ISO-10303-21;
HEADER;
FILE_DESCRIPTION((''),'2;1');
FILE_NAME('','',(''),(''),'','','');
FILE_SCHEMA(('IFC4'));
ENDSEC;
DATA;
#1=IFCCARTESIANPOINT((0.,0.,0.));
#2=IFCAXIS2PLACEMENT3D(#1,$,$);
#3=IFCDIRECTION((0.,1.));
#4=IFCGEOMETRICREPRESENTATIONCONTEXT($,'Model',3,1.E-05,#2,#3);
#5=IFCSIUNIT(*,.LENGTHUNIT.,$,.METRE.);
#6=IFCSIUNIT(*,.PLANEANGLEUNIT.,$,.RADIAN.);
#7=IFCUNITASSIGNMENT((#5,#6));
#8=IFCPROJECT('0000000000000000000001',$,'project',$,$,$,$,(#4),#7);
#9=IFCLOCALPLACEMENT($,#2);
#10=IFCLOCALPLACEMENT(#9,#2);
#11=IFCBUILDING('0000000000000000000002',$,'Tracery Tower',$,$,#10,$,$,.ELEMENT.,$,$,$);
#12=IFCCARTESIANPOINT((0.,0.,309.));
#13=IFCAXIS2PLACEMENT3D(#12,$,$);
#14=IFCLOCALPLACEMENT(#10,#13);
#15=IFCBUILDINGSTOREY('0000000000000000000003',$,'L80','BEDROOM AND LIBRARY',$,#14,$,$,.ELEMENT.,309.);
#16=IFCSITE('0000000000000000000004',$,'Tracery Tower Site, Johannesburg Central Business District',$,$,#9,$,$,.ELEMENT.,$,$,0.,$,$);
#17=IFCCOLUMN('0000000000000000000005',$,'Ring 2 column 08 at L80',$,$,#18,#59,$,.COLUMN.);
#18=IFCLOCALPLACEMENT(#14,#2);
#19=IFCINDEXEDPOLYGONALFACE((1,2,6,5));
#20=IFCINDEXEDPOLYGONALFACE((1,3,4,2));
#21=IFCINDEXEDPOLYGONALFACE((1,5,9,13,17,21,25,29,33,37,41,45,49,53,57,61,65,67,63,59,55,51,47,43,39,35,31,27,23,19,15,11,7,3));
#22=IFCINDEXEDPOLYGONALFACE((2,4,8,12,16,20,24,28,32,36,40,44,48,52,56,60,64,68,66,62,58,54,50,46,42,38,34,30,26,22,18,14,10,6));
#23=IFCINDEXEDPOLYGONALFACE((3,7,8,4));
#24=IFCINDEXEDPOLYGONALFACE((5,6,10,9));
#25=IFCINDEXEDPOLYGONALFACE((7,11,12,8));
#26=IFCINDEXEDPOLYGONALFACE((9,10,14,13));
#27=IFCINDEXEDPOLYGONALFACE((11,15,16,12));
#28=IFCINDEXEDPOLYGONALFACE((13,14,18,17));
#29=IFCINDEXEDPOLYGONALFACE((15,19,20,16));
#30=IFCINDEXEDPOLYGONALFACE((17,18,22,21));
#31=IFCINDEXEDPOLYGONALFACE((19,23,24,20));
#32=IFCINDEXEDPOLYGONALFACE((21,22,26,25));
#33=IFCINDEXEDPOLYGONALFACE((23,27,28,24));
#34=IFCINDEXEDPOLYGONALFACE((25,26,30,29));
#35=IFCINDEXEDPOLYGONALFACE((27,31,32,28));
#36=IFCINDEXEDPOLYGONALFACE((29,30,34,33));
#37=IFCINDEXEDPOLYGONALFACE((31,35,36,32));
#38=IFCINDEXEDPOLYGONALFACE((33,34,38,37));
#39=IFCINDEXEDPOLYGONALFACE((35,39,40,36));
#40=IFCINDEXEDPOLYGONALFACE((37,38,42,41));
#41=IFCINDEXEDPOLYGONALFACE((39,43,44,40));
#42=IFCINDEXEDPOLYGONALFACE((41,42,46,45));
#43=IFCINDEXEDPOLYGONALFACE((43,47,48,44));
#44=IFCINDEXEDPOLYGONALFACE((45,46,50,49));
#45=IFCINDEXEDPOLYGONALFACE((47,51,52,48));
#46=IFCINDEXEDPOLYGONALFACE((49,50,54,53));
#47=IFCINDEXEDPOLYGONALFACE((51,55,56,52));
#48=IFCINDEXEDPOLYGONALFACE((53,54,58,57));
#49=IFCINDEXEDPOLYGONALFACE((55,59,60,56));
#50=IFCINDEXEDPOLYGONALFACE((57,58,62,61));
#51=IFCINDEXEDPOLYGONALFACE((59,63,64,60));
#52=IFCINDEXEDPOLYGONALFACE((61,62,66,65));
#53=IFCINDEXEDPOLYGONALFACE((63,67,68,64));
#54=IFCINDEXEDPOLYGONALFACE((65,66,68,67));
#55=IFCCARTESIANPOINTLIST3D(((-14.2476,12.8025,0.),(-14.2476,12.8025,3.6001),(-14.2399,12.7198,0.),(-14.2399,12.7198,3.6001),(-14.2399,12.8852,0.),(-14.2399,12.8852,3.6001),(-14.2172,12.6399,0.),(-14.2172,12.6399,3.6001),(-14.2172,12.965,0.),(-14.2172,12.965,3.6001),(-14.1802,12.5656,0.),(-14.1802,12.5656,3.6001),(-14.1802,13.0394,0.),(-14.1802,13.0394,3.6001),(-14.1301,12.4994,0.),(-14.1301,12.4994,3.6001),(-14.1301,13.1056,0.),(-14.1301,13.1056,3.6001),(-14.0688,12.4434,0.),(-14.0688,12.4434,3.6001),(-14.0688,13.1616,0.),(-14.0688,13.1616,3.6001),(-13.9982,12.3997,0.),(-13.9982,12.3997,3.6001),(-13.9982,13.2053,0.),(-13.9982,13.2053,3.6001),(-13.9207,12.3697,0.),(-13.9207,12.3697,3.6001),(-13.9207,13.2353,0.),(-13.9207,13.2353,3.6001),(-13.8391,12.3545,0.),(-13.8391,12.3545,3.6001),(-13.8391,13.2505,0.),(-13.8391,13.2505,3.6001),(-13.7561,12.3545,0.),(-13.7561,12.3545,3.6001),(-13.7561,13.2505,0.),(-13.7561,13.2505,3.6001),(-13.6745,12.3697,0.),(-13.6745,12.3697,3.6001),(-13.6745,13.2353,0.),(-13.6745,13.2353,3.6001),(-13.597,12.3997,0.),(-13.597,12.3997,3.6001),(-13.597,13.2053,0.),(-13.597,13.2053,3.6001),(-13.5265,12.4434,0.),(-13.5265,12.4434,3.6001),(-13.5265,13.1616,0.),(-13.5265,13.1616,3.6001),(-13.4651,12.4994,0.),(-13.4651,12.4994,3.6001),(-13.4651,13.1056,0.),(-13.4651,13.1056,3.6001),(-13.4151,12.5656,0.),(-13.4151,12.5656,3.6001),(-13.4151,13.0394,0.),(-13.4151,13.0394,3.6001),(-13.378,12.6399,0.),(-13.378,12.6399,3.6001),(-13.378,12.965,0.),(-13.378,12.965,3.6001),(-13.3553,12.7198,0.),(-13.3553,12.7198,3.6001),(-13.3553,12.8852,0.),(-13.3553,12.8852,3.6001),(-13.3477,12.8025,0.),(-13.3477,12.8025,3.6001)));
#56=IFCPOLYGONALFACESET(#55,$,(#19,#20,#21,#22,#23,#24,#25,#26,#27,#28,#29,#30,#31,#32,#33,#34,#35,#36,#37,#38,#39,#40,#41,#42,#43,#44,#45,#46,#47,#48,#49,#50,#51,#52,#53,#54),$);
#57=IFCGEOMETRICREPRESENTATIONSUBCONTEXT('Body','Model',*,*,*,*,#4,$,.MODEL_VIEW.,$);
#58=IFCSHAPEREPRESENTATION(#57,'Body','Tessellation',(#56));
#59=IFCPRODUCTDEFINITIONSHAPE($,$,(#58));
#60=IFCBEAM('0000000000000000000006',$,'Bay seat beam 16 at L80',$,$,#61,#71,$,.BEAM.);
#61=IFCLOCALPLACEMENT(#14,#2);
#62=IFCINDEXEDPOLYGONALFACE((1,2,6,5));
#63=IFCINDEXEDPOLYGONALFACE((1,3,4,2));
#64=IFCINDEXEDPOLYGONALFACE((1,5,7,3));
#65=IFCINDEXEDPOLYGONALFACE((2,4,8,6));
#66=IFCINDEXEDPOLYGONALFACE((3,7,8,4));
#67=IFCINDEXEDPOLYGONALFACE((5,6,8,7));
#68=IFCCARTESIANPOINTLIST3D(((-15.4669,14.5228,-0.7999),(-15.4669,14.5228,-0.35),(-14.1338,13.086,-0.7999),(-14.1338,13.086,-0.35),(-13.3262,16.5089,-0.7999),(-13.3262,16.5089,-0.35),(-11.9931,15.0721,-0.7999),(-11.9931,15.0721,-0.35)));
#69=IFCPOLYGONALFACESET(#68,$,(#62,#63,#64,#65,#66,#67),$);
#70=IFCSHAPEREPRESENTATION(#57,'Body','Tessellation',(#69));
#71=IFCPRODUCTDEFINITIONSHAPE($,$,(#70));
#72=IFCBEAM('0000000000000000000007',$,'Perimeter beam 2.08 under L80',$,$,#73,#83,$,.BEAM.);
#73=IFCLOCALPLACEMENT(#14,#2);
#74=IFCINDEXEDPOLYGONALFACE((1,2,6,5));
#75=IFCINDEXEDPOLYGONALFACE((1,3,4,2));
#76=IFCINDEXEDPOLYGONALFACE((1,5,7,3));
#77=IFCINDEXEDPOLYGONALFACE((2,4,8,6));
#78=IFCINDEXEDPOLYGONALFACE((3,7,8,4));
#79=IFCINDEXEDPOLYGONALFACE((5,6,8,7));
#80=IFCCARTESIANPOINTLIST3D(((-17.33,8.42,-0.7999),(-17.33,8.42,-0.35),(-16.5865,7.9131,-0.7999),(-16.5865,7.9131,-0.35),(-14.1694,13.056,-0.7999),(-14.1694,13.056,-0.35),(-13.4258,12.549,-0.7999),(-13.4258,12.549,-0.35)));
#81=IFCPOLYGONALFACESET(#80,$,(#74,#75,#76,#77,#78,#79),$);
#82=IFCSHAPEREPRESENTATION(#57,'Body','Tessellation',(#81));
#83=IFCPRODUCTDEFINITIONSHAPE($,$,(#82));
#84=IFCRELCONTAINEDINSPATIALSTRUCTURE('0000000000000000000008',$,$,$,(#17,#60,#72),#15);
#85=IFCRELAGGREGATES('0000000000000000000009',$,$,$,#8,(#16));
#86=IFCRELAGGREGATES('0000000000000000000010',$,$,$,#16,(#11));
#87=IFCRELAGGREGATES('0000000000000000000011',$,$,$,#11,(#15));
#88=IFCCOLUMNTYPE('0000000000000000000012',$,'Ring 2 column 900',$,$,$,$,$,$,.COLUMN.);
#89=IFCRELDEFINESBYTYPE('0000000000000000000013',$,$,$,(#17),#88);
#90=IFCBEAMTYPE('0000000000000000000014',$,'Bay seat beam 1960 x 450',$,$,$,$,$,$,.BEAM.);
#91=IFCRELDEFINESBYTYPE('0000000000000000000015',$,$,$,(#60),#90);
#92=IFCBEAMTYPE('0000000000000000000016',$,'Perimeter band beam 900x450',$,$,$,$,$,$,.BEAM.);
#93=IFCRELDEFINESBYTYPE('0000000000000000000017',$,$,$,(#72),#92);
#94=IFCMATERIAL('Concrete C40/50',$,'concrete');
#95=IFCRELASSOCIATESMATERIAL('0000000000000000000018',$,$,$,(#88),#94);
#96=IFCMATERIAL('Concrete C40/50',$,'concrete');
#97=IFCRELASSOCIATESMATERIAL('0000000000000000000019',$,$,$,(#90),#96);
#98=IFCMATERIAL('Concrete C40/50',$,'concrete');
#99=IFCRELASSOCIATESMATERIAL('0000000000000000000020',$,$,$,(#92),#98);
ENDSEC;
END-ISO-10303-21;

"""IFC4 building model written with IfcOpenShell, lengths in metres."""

from ifc_helpers import new_model, si_unit, direction, frame, origin, origin_2d, place, context, subcontext, project, spatial, rectangle, circle, extrude, material, material_profile, profile_set, type_object, element, save


model = new_model("IFC4")

# Units and contexts
model_context = context("Model", 3, precision=1e-05, world=origin(), true_north=direction((0.0, 1.0)))
body_context = subcontext(model_context, "Body", "Model", "MODEL_VIEW")
ifc_project = project(units=[si_unit("LENGTHUNIT", "METRE"), si_unit("PLANEANGLEUNIT", "RADIAN")], contexts=[model_context])

# Site, building, storey
site_placement = place(None, origin())
site = spatial("IfcSite", under=ifc_project, at=site_placement, Name="Tracery Tower Site, Johannesburg Central Business District", CompositionType="ELEMENT", RefElevation=0.0)
building_placement = place(site_placement, origin())
building = spatial("IfcBuilding", under=site, at=building_placement, Name="Tracery Tower", CompositionType="ELEMENT")
storey_placement = place(building_placement, frame((0.0, 0.0, 309.0)))
storey = spatial("IfcBuildingStorey", under=building, at=storey_placement, Name="L80", Description="BEDROOM AND LIBRARY", CompositionType="ELEMENT", Elevation=309.0)

# Column
ifc_material_1 = material(Name="Concrete C40/50", Category="concrete")
ifc_material_profile_1 = material_profile(ifc_material_1, circle(Radius=0.45, at=origin_2d()), Name="RC D900")
ifc_profile_set_1 = profile_set([ifc_material_profile_1], Name="Concrete C40/50")
column_type = type_object("IfcColumnType", Name="Ring 2 column 900", PredefinedType="COLUMN", material=ifc_profile_set_1)
column_placement = place(storey_placement, frame((-13.7976, 12.8025, 0.0), z_axis=(0.0, 0.0, 1.0), x_axis=(1.0, 0.0, 0.0)))
element("IfcColumn", 1, at=column_placement, inside=storey, type_object=column_type, Name="Ring 2 column 08 at L80", PredefinedType="COLUMN", context=body_context, shape_type="SweptSolid", body=[
    extrude(circle(Radius=0.45, at=origin_2d()), origin(), (0.0, 0.0, 1.0), 3.6001),
])

# Beams
ifc_material_2 = material(Name="Concrete C40/50", Category="concrete")
ifc_material_profile_2 = material_profile(ifc_material_2, rectangle(XDim=1.96, YDim=0.45, at=origin_2d()), Name="RC 1960x450")
ifc_profile_set_2 = profile_set([ifc_material_profile_2], Name="Concrete C40/50")
beam_type_1 = type_object("IfcBeamType", Name="Bay seat beam 1960 x 450", PredefinedType="BEAM", material=ifc_profile_set_2)
beam_1_placement = place(storey_placement, frame((-12.6597, 15.7905, -0.575), z_axis=(-0.733073, -0.68015, 0.0), x_axis=(0.68015, -0.733073, 0.0)))
element("IfcBeam", 2, at=beam_1_placement, inside=storey, type_object=beam_type_1, Name="Bay seat beam 16 at L80", PredefinedType="BEAM", context=body_context, shape_type="SweptSolid", body=[
    extrude(rectangle(XDim=1.96, YDim=0.45, at=origin_2d()), origin(), (0.0, 0.0, 1.0), 2.9202),
])
ifc_material_3 = material(Name="Concrete C40/50", Category="concrete")
ifc_material_profile_3 = material_profile(ifc_material_3, rectangle(XDim=0.8999, YDim=0.45, at=origin_2d()), Name="RC 900x450")
ifc_profile_set_3 = profile_set([ifc_material_profile_3], Name="Concrete C40/50")
beam_type_2 = type_object("IfcBeamType", Name="Perimeter band beam 900x450", PredefinedType="BEAM", material=ifc_profile_set_3)
beam_2_placement = place(storey_placement, frame((-13.7976, 12.8025, -0.575), z_axis=(-0.563306, -0.826249, 0.0), x_axis=(0.826249, -0.563306, 0.0)))
element("IfcBeam", 3, at=beam_2_placement, inside=storey, type_object=beam_type_2, Name="Perimeter beam 2.08 under L80", PredefinedType="BEAM", context=body_context, shape_type="SweptSolid", body=[
    extrude(rectangle(XDim=0.8999, YDim=0.45, at=origin_2d()), origin(), (0.0, 0.0, 1.0), 5.6108),
])

save(model, "model.ifc")
